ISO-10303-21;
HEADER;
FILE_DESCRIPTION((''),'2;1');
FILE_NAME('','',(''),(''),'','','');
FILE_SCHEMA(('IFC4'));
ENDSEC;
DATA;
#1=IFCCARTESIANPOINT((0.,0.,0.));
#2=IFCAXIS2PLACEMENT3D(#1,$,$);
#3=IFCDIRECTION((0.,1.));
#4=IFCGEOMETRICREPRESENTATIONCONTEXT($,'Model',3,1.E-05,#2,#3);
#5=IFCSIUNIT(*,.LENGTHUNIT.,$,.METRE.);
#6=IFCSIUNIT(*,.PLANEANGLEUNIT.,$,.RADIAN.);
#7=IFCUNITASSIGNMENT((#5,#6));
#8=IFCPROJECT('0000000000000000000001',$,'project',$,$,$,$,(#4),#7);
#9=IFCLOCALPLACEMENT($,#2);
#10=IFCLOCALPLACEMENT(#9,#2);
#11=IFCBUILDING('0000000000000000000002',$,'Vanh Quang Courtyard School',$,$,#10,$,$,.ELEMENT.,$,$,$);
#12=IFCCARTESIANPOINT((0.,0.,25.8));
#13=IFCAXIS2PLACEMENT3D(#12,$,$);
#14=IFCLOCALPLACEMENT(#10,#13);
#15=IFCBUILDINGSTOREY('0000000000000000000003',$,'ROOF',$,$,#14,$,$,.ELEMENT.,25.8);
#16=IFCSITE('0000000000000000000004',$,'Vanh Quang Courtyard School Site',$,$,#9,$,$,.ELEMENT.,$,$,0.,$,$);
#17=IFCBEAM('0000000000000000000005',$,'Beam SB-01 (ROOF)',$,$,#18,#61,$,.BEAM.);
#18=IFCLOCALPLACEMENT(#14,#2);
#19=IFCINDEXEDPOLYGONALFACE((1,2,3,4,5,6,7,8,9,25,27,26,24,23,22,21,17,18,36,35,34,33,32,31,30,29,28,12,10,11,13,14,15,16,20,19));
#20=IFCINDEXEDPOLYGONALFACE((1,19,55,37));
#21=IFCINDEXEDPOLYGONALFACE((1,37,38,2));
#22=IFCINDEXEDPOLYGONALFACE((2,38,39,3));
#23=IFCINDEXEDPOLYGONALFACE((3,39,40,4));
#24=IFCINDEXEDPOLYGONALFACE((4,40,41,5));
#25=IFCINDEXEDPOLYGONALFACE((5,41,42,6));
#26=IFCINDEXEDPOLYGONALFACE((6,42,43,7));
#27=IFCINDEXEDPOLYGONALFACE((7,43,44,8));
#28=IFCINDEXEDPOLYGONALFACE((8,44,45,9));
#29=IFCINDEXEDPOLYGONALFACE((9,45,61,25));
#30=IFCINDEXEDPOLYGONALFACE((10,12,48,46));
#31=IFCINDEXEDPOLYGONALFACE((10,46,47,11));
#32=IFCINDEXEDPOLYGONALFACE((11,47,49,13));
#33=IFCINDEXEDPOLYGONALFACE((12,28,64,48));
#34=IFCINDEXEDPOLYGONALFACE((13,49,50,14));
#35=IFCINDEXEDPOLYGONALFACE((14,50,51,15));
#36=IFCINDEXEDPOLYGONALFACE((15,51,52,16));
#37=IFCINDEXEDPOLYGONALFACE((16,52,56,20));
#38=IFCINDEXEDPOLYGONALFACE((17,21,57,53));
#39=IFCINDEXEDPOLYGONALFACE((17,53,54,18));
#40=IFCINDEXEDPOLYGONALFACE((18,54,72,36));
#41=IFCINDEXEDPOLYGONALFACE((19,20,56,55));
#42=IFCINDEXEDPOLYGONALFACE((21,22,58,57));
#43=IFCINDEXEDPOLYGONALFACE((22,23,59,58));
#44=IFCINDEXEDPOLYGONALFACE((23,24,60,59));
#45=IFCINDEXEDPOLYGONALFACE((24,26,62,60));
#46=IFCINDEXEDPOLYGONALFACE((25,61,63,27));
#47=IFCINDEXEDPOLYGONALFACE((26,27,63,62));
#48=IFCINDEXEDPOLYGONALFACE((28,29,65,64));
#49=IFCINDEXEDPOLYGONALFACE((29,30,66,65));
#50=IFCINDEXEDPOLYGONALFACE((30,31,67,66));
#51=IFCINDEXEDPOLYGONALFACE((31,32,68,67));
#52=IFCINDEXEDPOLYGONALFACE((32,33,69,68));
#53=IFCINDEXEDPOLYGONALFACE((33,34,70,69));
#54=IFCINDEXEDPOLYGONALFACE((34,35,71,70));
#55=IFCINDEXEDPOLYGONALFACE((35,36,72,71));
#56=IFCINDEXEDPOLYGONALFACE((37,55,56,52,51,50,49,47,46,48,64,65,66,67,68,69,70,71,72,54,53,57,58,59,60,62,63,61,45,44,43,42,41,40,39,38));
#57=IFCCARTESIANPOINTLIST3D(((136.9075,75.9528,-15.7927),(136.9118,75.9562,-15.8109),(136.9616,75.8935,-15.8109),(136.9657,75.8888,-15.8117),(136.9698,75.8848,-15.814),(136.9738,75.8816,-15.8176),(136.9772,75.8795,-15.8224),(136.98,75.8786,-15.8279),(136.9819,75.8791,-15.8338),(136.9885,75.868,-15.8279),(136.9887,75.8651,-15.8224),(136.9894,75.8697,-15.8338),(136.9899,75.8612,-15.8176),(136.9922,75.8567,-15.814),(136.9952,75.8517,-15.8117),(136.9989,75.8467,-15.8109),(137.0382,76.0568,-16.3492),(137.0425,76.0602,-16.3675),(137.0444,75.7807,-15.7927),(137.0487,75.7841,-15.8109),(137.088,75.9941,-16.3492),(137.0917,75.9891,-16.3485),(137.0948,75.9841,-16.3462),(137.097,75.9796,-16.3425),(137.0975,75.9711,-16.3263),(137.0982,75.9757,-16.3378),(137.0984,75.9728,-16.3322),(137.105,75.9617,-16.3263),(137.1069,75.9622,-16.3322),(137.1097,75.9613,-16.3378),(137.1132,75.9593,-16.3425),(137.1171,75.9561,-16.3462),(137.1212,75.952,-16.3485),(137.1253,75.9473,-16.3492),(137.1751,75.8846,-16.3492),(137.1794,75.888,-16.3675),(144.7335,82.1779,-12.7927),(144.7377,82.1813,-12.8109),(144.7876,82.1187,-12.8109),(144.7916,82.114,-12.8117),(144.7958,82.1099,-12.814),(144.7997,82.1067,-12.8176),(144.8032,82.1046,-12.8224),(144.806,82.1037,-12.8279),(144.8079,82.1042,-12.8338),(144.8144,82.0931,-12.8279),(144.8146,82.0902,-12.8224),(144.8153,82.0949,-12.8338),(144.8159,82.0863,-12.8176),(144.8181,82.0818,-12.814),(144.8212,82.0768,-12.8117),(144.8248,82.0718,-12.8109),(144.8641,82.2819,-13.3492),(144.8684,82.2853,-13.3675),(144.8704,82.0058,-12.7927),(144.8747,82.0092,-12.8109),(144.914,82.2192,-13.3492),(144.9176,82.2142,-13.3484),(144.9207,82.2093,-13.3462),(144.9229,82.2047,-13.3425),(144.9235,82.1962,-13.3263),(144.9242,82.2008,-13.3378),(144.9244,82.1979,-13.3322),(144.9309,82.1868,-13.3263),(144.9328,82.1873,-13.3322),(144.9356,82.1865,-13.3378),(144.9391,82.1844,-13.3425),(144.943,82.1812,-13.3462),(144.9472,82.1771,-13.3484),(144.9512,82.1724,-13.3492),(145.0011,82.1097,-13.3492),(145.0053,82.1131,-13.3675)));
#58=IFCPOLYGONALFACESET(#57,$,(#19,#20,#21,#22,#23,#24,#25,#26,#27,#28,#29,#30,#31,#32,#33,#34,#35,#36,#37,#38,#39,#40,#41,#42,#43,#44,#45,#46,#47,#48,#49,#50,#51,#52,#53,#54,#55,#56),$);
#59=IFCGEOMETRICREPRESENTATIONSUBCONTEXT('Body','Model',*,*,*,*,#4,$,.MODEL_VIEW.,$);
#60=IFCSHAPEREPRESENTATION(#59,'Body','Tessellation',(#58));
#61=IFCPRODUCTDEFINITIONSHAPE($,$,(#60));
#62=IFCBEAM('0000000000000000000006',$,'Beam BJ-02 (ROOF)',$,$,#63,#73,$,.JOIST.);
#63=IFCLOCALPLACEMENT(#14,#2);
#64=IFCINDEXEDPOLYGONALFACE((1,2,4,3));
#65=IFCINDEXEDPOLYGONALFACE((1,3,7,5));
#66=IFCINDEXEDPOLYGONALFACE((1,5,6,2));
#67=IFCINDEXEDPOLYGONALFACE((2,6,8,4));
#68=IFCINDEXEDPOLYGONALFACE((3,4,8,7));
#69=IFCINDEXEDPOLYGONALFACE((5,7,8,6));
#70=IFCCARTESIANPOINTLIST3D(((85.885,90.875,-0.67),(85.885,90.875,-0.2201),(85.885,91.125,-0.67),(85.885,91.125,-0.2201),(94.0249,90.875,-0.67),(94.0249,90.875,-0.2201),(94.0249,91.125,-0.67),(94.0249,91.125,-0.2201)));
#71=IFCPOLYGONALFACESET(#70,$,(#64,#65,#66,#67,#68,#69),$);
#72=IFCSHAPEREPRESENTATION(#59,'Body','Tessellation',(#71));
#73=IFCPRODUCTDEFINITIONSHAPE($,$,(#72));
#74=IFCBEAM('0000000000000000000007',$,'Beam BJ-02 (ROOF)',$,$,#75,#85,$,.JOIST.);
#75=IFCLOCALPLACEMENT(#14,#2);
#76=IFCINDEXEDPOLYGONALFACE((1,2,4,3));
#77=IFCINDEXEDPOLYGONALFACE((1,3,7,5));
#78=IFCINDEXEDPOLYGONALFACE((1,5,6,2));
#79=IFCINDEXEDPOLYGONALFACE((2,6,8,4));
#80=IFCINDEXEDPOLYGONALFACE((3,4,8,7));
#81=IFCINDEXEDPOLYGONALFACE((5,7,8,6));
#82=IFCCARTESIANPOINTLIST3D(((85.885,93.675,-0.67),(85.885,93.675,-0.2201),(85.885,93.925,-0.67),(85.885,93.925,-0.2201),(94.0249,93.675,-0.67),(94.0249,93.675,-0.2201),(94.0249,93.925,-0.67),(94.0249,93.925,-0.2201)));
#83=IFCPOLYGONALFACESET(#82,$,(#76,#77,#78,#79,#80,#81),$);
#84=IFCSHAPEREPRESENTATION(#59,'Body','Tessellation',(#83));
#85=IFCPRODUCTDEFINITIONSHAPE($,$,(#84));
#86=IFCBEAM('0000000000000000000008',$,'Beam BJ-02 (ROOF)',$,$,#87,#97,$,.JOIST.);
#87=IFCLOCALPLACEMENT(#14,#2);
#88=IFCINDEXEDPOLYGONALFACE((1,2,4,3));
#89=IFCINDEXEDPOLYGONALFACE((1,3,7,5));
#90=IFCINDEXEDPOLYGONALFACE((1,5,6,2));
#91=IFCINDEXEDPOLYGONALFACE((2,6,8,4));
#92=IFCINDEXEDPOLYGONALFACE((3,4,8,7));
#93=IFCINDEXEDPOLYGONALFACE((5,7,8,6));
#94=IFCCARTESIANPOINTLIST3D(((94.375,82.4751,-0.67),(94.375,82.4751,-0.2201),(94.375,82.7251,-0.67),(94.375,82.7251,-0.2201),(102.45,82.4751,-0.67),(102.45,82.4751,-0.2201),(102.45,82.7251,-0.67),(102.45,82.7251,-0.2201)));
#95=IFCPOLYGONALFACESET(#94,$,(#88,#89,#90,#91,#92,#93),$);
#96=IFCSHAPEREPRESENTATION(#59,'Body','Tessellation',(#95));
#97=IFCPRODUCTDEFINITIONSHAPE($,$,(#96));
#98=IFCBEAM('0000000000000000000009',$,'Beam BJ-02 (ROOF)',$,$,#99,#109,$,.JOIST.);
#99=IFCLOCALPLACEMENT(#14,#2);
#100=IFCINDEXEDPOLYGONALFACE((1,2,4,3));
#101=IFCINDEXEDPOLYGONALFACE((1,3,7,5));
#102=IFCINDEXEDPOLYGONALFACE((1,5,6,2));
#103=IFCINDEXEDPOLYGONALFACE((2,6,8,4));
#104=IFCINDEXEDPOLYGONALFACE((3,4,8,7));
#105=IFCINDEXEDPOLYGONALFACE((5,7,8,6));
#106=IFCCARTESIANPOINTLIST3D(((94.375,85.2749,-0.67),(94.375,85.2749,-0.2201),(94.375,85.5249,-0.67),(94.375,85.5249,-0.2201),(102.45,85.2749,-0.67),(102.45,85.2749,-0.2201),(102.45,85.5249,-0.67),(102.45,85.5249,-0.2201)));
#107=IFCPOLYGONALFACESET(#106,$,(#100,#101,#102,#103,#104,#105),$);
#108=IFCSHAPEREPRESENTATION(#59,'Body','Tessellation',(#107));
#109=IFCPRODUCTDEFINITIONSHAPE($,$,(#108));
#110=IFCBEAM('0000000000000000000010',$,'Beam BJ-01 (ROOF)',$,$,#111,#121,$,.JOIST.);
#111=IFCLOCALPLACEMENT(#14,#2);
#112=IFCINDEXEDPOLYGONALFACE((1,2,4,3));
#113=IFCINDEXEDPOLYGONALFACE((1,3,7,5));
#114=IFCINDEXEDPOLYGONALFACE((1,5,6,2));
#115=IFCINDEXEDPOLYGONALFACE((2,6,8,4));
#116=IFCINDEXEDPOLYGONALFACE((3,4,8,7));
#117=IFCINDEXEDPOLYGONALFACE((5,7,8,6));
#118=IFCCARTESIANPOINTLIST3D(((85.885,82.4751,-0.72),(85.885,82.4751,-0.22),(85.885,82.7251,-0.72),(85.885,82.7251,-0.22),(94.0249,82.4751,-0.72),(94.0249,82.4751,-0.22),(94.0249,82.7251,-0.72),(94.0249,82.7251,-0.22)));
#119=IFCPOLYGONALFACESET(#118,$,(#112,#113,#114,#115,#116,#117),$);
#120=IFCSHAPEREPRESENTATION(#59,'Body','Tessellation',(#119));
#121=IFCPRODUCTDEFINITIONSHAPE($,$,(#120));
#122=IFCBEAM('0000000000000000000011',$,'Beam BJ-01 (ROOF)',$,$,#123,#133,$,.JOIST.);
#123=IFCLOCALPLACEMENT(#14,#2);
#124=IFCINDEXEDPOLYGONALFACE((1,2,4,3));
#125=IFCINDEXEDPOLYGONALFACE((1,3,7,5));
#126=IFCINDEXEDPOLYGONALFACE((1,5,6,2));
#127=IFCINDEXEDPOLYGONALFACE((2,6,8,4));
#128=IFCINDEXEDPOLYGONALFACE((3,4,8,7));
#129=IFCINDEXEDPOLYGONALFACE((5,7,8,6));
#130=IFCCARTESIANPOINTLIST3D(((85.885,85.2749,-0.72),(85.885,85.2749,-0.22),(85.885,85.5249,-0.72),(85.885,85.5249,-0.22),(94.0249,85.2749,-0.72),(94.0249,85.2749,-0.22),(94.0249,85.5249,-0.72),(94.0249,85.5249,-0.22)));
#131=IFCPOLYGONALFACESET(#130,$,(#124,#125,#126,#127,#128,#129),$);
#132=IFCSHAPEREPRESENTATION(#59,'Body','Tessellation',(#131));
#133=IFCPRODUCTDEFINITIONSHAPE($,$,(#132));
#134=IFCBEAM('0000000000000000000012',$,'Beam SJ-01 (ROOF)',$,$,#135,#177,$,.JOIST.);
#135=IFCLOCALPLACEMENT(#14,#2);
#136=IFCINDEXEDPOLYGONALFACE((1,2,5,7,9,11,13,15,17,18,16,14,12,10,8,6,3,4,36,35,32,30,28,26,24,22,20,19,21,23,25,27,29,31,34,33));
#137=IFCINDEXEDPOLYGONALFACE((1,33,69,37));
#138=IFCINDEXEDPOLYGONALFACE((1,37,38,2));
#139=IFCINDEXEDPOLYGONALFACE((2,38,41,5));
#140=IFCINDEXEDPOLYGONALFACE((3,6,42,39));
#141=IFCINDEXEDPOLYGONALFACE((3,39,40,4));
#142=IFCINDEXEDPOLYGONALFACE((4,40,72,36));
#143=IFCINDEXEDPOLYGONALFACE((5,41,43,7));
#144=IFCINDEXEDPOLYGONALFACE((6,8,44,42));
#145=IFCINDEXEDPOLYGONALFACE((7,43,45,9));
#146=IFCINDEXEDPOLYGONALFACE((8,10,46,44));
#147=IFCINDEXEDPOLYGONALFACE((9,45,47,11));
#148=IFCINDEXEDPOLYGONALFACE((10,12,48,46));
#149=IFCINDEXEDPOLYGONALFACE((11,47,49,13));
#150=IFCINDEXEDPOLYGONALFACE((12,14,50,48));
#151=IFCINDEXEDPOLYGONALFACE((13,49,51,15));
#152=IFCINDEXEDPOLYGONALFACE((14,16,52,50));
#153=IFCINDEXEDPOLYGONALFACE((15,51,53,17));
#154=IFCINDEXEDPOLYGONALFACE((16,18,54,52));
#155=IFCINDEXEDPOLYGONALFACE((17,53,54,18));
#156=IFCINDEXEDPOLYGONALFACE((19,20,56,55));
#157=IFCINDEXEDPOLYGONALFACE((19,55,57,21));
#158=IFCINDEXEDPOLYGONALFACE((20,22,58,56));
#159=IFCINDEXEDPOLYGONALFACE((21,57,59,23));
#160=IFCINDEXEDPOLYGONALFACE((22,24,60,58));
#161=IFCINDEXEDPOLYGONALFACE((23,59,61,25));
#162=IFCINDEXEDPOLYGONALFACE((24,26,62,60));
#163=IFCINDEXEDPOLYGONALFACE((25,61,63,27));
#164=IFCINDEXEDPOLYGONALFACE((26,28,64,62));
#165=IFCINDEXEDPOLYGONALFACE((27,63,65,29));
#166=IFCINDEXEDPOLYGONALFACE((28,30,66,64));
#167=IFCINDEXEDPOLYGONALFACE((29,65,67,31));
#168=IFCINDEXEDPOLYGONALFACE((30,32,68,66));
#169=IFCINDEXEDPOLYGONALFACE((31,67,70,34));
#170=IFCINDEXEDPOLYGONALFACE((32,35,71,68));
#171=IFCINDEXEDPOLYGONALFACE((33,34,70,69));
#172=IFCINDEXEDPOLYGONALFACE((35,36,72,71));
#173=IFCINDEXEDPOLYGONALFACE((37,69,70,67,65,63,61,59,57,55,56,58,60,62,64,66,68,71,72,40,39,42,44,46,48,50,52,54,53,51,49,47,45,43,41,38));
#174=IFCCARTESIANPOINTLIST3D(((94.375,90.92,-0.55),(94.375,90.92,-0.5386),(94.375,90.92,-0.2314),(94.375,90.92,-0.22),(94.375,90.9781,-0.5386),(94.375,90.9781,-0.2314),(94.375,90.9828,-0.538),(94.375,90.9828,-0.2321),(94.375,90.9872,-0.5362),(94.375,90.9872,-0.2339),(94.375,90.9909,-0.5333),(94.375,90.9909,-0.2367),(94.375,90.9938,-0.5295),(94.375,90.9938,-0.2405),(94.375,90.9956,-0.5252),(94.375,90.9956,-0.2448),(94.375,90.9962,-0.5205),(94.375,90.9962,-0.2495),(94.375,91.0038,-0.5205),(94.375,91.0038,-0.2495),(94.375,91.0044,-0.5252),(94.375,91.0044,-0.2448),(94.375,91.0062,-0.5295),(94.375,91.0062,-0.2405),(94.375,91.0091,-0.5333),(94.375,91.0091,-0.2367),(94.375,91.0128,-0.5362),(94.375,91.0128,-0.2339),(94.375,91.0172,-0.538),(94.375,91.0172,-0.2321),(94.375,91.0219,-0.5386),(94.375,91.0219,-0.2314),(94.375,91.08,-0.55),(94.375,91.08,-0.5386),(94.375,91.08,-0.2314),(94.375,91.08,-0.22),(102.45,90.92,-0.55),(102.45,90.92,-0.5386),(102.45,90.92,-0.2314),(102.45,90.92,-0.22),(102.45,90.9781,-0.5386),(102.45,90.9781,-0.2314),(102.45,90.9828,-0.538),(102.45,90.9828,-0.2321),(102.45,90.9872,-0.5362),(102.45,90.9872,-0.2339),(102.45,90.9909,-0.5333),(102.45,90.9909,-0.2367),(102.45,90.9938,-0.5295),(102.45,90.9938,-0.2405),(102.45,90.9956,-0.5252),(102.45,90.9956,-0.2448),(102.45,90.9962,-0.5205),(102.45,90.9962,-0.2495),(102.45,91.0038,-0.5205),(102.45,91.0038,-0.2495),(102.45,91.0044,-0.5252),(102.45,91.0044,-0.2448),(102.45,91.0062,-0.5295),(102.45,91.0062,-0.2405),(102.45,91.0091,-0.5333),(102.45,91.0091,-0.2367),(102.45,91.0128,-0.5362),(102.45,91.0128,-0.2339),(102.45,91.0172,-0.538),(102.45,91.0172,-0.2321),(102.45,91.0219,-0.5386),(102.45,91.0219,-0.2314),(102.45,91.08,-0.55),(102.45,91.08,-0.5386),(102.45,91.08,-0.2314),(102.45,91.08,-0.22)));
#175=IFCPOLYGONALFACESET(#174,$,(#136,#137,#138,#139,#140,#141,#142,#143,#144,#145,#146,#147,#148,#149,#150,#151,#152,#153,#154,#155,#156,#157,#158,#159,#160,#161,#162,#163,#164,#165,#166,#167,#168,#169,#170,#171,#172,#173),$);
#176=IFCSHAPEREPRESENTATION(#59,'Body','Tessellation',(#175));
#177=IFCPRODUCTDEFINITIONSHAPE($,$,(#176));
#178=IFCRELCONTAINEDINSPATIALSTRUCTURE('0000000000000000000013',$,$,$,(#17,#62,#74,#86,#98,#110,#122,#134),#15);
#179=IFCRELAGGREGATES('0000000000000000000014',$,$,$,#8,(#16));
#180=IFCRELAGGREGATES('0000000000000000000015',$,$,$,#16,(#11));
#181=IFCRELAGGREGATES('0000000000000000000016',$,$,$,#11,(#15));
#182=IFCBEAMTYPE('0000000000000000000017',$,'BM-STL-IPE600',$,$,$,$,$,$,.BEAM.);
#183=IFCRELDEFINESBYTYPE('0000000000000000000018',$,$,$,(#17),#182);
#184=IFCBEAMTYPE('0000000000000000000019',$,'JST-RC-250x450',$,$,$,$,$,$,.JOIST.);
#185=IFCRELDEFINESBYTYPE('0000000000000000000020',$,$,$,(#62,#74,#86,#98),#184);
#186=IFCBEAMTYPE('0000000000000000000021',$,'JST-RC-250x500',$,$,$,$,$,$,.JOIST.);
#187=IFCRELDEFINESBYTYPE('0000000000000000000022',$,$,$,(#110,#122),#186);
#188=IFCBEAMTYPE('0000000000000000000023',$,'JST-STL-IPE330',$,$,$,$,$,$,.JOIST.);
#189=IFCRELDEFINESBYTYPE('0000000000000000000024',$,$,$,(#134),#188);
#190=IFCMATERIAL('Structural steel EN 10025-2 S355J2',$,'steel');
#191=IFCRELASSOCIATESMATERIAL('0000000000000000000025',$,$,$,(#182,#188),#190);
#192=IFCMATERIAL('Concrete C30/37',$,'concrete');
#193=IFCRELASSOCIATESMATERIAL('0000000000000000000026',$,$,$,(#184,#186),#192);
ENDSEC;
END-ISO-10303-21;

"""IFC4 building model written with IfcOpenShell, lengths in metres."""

from ifc_helpers import new_model, si_unit, direction, frame, origin, origin_2d, place, context, subcontext, project, spatial, rectangle, i_section, extrude, material, material_profile, profile_set, type_object, element, save


model = new_model("IFC4")

# Units and contexts
model_context = context("Model", 3, precision=1e-05, world=origin(), true_north=direction((0.0, 1.0)))
body_context = subcontext(model_context, "Body", "Model", "MODEL_VIEW")
ifc_project = project(units=[si_unit("LENGTHUNIT", "METRE"), si_unit("PLANEANGLEUNIT", "RADIAN")], contexts=[model_context])

# Site, building, storey
site_placement = place(None, origin())
site = spatial("IfcSite", under=ifc_project, at=site_placement, Name="Vanh Quang Courtyard School Site", CompositionType="ELEMENT", RefElevation=0.0)
building_placement = place(site_placement, origin())
building = spatial("IfcBuilding", under=site, at=building_placement, Name="Vanh Quang Courtyard School", CompositionType="ELEMENT")
storey_placement = place(building_placement, frame((0.0, 0.0, 25.8)))
storey = spatial("IfcBuildingStorey", under=building, at=storey_placement, Name="ROOF", CompositionType="ELEMENT", Elevation=25.8)

# Beams
ifc_material_1 = material(Name="Structural steel EN 10025-2 S355J2", Category="steel")
ifc_material_profile_1 = material_profile(ifc_material_1, i_section(OverallWidth=0.22, OverallDepth=0.6001, WebThickness=0.012, FlangeThickness=0.019, FilletRadius=0.0239, at=origin_2d()), Name="IPE 600")
ifc_profile_set_1 = profile_set([ifc_material_profile_1], Name="Structural steel EN 10025-2 S355J2")
beam_type_1 = type_object("IfcBeamType", Name="BM-STL-IPE600", PredefinedType="BEAM", material=ifc_profile_set_1)
beam_1_placement = place(storey_placement, frame((137.0435, 75.9204, -16.0801), z_axis=(0.749598, 0.596264, 0.287352), x_axis=(-0.622519, 0.782605, 0.0)))
element("IfcBeam", 1, at=beam_1_placement, inside=storey, type_object=beam_type_1, Name="Beam SB-01 (ROOF)", PredefinedType="BEAM", context=body_context, shape_type="SweptSolid", body=[
    extrude(i_section(OverallWidth=0.22, OverallDepth=0.6001, WebThickness=0.012, FlangeThickness=0.019, FilletRadius=0.0239, at=origin_2d()), origin(), (0.0, 0.0, 1.0), 10.4402),
])
ifc_material_2 = material(Name="Concrete C30/37", Category="concrete")
ifc_material_profile_2 = material_profile(ifc_material_2, rectangle(XDim=0.25, YDim=0.45, at=origin_2d()), Name="RC-JST 250x450")
ifc_profile_set_2 = profile_set([ifc_material_profile_2], Name="Concrete C30/37")
beam_type_2 = type_object("IfcBeamType", Name="JST-RC-250x450", PredefinedType="JOIST", material=ifc_profile_set_2)
for number, where, z_axis, x_axis, name in (
    (2, (85.885, 91.0, -0.4451), (1.0, 0.0, 0.0), (0.0, 1.0, 0.0), "Beam BJ-02 (ROOF)"),
    (3, (85.885, 93.8, -0.4451), (1.0, 0.0, 0.0), (0.0, 1.0, 0.0), "Beam BJ-02 (ROOF)"),
):
    element("IfcBeam", number, at=place(storey_placement, frame(where, z_axis=z_axis, x_axis=x_axis)), inside=storey, type_object=beam_type_2, Name=name, PredefinedType="JOIST", context=body_context, shape_type="SweptSolid", body=[
        extrude(rectangle(XDim=0.25, YDim=0.45, at=origin_2d()), origin(), (0.0, 0.0, 1.0), 8.1399),
    ])
for number, where, z_axis, x_axis, name in (
    (4, (94.375, 82.6001, -0.4451), (1.0, 0.0, 0.0), (0.0, 1.0, 0.0), "Beam BJ-02 (ROOF)"),
    (5, (94.375, 85.3999, -0.4451), (1.0, 0.0, 0.0), (0.0, 1.0, 0.0), "Beam BJ-02 (ROOF)"),
):
    element("IfcBeam", number, at=place(storey_placement, frame(where, z_axis=z_axis, x_axis=x_axis)), inside=storey, type_object=beam_type_2, Name=name, PredefinedType="JOIST", context=body_context, shape_type="SweptSolid", body=[
        extrude(rectangle(XDim=0.25, YDim=0.45, at=origin_2d()), origin(), (0.0, 0.0, 1.0), 8.075),
    ])
ifc_material_profile_3 = material_profile(ifc_material_2, rectangle(XDim=0.25, YDim=0.5, at=origin_2d()), Name="RC-JST 250x500")
ifc_profile_set_3 = profile_set([ifc_material_profile_3], Name="Concrete C30/37")
beam_type_3 = type_object("IfcBeamType", Name="JST-RC-250x500", PredefinedType="JOIST", material=ifc_profile_set_3)
for number, where, z_axis, x_axis, name in (
    (6, (85.885, 82.6001, -0.47), (1.0, 0.0, 0.0), (0.0, 1.0, 0.0), "Beam BJ-01 (ROOF)"),
    (7, (85.885, 85.3999, -0.47), (1.0, 0.0, 0.0), (0.0, 1.0, 0.0), "Beam BJ-01 (ROOF)"),
):
    element("IfcBeam", number, at=place(storey_placement, frame(where, z_axis=z_axis, x_axis=x_axis)), inside=storey, type_object=beam_type_3, Name=name, PredefinedType="JOIST", context=body_context, shape_type="SweptSolid", body=[
        extrude(rectangle(XDim=0.25, YDim=0.5, at=origin_2d()), origin(), (0.0, 0.0, 1.0), 8.1399),
    ])
ifc_material_profile_4 = material_profile(ifc_material_1, i_section(OverallWidth=0.1599, OverallDepth=0.3301, WebThickness=0.0076, FlangeThickness=0.0115, FilletRadius=0.0181, at=origin_2d()), Name="IPE 330")
ifc_profile_set_4 = profile_set([ifc_material_profile_4], Name="Structural steel EN 10025-2 S355J2")
beam_type_4 = type_object("IfcBeamType", Name="JST-STL-IPE330", PredefinedType="JOIST", material=ifc_profile_set_4)
for number, where, z_axis, x_axis, name in (
    (8, (94.375, 91.0, -0.385), (1.0, 0.0, 0.0), (0.0, 1.0, 0.0), "Beam SJ-01 (ROOF)"),
):
    element("IfcBeam", number, at=place(storey_placement, frame(where, z_axis=z_axis, x_axis=x_axis)), inside=storey, type_object=beam_type_4, Name=name, PredefinedType="JOIST", context=body_context, shape_type="SweptSolid", body=[
        extrude(i_section(OverallWidth=0.1599, OverallDepth=0.3301, WebThickness=0.0076, FlangeThickness=0.0115, FilletRadius=0.0181, at=origin_2d()), origin(), (0.0, 0.0, 1.0), 8.075),
    ])

save(model, "model.ifc")
